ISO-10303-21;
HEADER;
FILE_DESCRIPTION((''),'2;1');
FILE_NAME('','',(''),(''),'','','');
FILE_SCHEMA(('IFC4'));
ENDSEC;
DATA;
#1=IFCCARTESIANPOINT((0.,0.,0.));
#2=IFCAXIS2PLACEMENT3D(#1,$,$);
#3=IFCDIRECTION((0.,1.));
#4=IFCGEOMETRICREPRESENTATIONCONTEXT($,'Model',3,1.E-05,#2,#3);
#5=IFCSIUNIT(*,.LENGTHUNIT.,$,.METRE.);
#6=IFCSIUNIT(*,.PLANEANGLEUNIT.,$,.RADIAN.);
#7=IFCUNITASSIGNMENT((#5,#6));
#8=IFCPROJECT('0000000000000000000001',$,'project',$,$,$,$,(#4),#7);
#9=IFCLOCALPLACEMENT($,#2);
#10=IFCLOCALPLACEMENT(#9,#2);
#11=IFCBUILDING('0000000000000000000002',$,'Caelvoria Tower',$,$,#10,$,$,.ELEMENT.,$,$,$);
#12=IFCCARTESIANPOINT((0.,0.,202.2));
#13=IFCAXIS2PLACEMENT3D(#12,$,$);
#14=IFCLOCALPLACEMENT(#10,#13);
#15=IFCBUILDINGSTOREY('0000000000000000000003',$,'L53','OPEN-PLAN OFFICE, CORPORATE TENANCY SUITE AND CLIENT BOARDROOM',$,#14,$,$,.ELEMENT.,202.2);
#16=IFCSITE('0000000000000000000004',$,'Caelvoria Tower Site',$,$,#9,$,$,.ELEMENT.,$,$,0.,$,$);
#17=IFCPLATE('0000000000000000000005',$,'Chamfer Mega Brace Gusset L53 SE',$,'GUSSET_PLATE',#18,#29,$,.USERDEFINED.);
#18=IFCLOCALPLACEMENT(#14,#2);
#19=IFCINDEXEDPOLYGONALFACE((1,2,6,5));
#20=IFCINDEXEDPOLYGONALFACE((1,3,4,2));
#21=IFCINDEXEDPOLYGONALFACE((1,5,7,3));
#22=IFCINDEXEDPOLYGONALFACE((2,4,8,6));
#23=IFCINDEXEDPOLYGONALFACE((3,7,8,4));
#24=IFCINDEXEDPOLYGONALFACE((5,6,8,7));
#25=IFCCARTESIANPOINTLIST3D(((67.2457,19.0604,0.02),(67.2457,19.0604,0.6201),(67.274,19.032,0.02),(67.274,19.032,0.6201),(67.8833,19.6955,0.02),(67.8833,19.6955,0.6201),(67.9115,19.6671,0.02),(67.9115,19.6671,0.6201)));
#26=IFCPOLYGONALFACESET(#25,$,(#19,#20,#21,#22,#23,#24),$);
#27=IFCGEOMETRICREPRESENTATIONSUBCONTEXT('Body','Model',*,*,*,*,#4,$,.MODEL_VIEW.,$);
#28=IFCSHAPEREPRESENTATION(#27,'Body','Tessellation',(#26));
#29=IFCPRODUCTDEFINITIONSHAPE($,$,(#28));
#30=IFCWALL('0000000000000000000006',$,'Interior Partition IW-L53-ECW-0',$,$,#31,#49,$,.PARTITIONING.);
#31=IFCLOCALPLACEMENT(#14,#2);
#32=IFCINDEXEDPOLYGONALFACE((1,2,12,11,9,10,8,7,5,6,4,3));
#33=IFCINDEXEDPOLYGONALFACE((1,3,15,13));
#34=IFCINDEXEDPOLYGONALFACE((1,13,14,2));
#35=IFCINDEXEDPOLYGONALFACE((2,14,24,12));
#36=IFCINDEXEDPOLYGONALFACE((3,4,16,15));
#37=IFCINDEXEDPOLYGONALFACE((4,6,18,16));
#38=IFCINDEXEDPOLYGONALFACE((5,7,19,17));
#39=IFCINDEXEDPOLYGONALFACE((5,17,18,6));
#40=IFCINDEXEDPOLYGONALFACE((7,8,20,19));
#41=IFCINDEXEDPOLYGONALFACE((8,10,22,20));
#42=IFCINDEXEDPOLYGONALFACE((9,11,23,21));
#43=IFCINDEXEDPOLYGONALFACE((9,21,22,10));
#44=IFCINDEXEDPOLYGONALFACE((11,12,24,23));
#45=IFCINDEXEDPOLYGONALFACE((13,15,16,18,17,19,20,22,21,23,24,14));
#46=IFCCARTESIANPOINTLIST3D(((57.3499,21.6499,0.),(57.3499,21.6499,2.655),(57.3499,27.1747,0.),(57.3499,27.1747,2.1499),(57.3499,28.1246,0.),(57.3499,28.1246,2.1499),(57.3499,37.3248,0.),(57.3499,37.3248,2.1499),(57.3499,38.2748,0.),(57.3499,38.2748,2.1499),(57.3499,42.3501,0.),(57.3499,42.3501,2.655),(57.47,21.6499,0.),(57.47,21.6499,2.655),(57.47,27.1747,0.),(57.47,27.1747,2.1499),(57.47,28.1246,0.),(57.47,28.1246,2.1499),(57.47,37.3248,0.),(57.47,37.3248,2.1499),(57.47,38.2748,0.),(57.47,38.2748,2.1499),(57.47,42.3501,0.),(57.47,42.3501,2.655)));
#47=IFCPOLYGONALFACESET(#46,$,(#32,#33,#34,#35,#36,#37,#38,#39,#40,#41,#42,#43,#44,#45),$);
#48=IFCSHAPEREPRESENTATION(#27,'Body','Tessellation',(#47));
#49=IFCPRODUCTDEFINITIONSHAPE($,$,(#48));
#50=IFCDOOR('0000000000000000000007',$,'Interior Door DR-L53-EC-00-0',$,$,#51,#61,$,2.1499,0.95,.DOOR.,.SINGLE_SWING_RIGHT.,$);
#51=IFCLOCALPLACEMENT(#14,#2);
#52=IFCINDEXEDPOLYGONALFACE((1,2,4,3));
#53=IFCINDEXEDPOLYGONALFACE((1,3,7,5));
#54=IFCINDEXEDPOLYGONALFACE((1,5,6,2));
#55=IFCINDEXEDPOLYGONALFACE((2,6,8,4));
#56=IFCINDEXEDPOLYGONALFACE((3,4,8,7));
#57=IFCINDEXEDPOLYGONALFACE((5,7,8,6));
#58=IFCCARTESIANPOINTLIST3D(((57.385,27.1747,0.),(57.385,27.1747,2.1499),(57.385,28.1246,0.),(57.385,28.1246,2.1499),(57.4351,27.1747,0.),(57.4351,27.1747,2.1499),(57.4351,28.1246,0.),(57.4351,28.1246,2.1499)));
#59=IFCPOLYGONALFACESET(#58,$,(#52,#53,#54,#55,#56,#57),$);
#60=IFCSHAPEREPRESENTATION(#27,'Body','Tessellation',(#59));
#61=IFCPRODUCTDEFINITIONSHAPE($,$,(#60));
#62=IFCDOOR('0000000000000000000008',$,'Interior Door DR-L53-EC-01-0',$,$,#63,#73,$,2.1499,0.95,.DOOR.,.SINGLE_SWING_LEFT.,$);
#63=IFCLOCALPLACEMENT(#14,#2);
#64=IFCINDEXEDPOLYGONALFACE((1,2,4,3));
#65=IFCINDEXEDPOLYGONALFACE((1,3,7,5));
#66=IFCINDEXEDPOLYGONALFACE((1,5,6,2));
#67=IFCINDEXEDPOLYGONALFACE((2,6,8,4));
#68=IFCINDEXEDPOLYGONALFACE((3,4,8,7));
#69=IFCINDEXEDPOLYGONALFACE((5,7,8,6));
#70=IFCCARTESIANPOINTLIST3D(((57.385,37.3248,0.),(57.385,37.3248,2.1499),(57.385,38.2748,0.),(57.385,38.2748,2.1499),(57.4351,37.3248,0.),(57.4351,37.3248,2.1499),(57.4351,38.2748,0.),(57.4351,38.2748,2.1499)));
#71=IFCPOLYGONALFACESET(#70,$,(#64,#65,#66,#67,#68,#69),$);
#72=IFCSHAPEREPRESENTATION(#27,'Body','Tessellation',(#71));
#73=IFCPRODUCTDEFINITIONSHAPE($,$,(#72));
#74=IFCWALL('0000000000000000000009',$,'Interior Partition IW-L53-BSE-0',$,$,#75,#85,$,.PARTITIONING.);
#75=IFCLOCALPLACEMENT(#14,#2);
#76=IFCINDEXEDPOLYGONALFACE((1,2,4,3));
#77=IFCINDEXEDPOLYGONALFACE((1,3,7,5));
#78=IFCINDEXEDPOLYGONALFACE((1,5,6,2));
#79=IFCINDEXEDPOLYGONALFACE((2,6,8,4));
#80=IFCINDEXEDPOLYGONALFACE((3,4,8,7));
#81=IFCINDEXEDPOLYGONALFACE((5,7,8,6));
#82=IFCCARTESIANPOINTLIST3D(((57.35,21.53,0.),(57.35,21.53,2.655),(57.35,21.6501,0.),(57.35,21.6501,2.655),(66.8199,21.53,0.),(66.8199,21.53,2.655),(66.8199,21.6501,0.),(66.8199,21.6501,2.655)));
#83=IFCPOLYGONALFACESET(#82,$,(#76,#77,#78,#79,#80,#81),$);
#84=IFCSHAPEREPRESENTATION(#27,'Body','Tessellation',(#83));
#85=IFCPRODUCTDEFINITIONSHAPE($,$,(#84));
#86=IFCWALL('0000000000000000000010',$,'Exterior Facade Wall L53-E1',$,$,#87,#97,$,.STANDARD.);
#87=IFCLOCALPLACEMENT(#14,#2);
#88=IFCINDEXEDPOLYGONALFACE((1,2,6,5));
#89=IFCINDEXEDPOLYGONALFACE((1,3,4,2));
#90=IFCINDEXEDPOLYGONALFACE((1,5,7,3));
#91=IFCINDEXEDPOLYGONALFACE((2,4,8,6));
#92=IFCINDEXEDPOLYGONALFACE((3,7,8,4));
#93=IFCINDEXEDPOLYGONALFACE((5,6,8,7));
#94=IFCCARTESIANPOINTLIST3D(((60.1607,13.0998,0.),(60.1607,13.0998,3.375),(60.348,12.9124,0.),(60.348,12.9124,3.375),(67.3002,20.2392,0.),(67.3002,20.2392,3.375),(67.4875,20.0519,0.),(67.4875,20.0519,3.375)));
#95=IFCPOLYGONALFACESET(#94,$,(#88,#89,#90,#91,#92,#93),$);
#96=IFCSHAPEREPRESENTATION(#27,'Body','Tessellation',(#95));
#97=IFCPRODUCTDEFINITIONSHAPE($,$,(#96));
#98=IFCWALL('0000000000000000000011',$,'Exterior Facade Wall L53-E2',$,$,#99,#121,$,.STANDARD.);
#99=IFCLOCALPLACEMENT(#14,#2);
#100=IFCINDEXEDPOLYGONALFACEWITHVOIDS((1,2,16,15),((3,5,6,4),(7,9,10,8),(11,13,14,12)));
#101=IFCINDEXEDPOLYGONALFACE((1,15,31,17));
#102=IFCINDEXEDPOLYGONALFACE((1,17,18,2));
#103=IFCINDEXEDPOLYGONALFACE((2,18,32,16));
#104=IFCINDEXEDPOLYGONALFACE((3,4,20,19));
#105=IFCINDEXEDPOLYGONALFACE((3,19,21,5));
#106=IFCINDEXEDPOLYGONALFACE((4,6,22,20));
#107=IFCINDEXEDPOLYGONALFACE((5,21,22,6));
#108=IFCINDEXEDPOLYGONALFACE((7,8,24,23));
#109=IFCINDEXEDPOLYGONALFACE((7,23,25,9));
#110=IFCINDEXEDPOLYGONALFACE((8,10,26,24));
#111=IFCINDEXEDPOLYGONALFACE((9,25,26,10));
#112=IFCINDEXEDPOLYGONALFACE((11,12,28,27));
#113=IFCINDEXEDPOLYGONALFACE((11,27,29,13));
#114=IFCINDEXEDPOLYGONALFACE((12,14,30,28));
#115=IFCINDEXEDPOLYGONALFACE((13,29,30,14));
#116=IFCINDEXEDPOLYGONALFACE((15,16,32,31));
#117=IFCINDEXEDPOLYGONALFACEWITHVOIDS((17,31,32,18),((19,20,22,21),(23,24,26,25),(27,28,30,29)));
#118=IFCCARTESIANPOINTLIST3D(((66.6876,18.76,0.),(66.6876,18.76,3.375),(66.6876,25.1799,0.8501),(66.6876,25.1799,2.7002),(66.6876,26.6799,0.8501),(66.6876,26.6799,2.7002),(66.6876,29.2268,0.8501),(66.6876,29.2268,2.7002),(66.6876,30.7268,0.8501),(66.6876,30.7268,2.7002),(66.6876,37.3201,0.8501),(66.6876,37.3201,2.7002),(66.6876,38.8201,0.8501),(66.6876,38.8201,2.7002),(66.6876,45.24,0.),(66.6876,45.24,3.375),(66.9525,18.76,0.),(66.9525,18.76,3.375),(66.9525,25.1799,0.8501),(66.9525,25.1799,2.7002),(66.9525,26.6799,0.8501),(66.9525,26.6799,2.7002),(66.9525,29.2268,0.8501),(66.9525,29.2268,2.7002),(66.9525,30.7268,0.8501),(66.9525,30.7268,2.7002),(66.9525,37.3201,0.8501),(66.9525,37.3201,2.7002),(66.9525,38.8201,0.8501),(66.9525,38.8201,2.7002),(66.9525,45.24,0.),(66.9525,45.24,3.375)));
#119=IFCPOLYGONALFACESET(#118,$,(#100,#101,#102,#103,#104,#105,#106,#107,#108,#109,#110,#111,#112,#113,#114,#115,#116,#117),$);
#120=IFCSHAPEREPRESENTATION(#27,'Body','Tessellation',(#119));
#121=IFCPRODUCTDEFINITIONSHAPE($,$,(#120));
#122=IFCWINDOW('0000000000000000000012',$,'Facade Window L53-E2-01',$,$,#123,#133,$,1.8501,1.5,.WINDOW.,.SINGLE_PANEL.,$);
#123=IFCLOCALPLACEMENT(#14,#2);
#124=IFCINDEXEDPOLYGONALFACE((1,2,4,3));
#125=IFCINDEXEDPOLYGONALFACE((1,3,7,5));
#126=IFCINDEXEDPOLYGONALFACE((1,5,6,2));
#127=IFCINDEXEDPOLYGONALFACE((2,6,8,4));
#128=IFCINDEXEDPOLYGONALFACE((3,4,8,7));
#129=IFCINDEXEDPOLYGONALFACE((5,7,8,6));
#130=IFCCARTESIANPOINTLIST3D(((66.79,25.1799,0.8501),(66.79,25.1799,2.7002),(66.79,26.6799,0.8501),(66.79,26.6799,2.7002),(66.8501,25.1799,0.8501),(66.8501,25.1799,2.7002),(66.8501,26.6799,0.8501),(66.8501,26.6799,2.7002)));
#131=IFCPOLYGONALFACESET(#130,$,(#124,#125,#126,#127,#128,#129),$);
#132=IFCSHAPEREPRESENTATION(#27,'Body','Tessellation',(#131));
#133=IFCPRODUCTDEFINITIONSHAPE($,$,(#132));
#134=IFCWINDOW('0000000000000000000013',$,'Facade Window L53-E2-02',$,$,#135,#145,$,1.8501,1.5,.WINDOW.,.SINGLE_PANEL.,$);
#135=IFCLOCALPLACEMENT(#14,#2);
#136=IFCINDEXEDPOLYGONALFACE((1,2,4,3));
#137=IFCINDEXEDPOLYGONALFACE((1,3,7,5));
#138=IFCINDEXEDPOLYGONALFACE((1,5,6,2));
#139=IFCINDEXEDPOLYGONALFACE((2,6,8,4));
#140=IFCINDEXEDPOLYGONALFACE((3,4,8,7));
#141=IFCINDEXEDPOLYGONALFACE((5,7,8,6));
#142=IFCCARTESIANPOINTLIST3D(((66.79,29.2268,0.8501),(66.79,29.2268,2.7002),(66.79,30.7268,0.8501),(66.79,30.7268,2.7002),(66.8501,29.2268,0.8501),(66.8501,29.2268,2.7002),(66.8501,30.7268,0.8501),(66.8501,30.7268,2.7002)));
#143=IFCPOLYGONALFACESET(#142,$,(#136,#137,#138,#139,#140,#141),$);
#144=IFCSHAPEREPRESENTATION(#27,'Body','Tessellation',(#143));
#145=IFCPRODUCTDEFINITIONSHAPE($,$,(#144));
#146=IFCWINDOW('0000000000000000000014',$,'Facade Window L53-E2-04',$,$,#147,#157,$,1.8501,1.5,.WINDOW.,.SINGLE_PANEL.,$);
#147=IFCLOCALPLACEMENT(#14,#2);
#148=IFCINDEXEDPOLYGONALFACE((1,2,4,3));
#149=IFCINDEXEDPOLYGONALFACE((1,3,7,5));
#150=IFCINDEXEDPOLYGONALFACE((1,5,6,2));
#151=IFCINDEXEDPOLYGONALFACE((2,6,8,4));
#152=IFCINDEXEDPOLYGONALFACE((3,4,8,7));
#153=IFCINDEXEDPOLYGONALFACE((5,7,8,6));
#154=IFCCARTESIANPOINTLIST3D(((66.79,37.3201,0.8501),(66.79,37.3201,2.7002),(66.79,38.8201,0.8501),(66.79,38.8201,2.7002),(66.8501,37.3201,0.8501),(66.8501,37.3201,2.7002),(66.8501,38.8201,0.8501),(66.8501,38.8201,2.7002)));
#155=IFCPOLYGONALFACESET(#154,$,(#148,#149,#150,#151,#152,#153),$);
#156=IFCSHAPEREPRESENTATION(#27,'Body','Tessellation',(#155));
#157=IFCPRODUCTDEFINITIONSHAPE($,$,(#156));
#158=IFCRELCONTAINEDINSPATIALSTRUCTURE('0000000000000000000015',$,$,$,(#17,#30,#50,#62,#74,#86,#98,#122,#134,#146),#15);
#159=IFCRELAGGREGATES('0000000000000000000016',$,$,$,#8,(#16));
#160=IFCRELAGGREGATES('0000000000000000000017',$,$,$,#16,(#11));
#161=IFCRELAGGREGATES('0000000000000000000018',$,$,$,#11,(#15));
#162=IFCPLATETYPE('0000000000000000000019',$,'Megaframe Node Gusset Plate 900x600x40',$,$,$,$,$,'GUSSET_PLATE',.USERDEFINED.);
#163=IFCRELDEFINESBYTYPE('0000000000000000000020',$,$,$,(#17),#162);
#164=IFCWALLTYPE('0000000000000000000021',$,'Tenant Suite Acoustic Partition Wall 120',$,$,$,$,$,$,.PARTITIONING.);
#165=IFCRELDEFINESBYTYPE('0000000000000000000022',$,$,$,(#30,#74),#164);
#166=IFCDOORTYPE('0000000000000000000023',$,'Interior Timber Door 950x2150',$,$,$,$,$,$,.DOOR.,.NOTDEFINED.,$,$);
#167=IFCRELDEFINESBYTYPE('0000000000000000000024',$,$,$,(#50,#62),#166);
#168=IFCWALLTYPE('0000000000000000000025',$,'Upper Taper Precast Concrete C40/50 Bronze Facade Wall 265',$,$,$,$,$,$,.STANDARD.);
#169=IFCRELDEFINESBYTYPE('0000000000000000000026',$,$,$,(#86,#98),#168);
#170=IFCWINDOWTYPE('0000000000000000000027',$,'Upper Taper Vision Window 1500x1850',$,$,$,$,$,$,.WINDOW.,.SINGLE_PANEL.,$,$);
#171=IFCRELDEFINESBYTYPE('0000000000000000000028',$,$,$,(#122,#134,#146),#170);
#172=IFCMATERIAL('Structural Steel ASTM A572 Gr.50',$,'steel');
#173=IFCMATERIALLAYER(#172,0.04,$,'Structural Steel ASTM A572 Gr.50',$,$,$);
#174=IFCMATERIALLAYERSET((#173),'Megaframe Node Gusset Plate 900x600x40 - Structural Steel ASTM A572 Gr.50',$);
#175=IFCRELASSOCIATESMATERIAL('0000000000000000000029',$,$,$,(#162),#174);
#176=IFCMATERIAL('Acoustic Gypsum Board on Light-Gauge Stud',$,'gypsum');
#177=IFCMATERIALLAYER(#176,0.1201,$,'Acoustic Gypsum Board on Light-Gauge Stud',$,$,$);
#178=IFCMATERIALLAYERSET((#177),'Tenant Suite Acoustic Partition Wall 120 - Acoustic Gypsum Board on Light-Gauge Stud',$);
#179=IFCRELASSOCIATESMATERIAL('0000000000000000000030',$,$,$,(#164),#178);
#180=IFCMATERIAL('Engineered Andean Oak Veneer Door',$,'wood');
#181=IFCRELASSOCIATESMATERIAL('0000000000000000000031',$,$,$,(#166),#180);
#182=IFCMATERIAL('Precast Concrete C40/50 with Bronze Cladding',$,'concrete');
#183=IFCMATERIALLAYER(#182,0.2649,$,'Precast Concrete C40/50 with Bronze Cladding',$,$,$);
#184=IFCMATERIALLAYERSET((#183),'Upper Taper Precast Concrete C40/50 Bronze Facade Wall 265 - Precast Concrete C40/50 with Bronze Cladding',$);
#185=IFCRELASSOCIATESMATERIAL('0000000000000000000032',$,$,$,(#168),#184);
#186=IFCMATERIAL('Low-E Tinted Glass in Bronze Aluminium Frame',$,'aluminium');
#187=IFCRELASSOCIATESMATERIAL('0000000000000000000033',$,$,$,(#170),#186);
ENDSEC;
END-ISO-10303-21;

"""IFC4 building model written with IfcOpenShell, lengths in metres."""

from ifc_helpers import new_model, si_unit, direction, frame, frame_2d, origin, origin_2d, place, context, subcontext, project, spatial, rectangle, extrude, material, layer, layer_set, type_object, element, fill, save


model = new_model("IFC4")

# Units and contexts
model_context = context("Model", 3, precision=1e-05, world=origin(), true_north=direction((0.0, 1.0)))
body_context = subcontext(model_context, "Body", "Model", "MODEL_VIEW")
ifc_project = project(units=[si_unit("LENGTHUNIT", "METRE"), si_unit("PLANEANGLEUNIT", "RADIAN")], contexts=[model_context])

# Site, building, storey
site_placement = place(None, origin())
site = spatial("IfcSite", under=ifc_project, at=site_placement, Name="Caelvoria Tower Site", CompositionType="ELEMENT", RefElevation=0.0)
building_placement = place(site_placement, origin())
building = spatial("IfcBuilding", under=site, at=building_placement, Name="Caelvoria Tower", CompositionType="ELEMENT")
storey_placement = place(building_placement, frame((0.0, 0.0, 202.2)))
storey = spatial("IfcBuildingStorey", under=building, at=storey_placement, Name="L53", Description="OPEN-PLAN OFFICE, CORPORATE TENANCY SUITE AND CLIENT BOARDROOM", CompositionType="ELEMENT", Elevation=202.2)

# Shared definitions
ifc_material_1 = material(Name="Structural Steel ASTM A572 Gr.50", Category="steel")

# Plate
ifc_layer_1 = layer(ifc_material_1, 0.04, Name="Structural Steel ASTM A572 Gr.50")
ifc_layer_set_1 = layer_set([ifc_layer_1], Name="Megaframe Node Gusset Plate 900x600x40 - Structural Steel ASTM A572 Gr.50")
plate_type = type_object("IfcPlateType", Name="Megaframe Node Gusset Plate 900x600x40", ElementType="GUSSET_PLATE", PredefinedType="USERDEFINED", material=ifc_layer_set_1)
plate_placement = place(storey_placement, frame((67.5786, 19.3638, 0.02), z_axis=(0.0, 0.0, 1.0), x_axis=(-0.708453, -0.705758, 0.0)))
element("IfcPlate", 1, at=plate_placement, inside=storey, type_object=plate_type, Name="Chamfer Mega Brace Gusset L53 SE", ObjectType="GUSSET_PLATE", PredefinedType="USERDEFINED", context=body_context, shape_type="SweptSolid", body=[
    extrude(rectangle(XDim=0.8999, YDim=0.04, at=origin_2d()), origin(), (0.0, 0.0, 1.0), 0.6001),
])

# Wall, openings, doors
ifc_material_2 = material(Name="Acoustic Gypsum Board on Light-Gauge Stud", Category="gypsum")
ifc_layer_2 = layer(ifc_material_2, 0.1201, Name="Acoustic Gypsum Board on Light-Gauge Stud")
ifc_layer_set_2 = layer_set([ifc_layer_2], Name="Tenant Suite Acoustic Partition Wall 120 - Acoustic Gypsum Board on Light-Gauge Stud")
wall_type_1 = type_object("IfcWallType", Name="Tenant Suite Acoustic Partition Wall 120", PredefinedType="PARTITIONING", material=ifc_layer_set_2)
wall_1_placement = place(storey_placement, frame((57.4099, 21.6499, 0.0), z_axis=(0.0, 0.0, 1.0), x_axis=(0.0, 1.0, 0.0)))
wall_1 = element("IfcWall", 2, at=wall_1_placement, inside=storey, type_object=wall_type_1, Name="Interior Partition IW-L53-ECW-0", PredefinedType="PARTITIONING", context=body_context, shape_type="SweptSolid", body=[
    extrude(rectangle(XDim=20.7002, YDim=0.1201, at=frame_2d((10.3501, 0.0))), origin(), (0.0, 0.0, 1.0), 2.655),
])
opening_1_placement = place(wall_1_placement, frame((5.5247, 0.0, 0.0)))
opening_1 = element("IfcOpeningElement", 3, at=opening_1_placement, cuts=wall_1, PredefinedType="OPENING", context=body_context, shape_type="SweptSolid", body=[
    extrude(rectangle(XDim=0.95, YDim=2.1499, at=frame_2d((0.4751, 1.075))), frame((0.0, 0.0701, 0.0), z_axis=(0.0, -1.0, 0.0), x_axis=(1.0, 0.0, 0.0)), (0.0, 0.0, 1.0), 0.1401),
])
opening_2_placement = place(wall_1_placement, frame((15.6748, 0.0, 0.0)))
opening_2 = element("IfcOpeningElement", 4, at=opening_2_placement, cuts=wall_1, PredefinedType="OPENING", context=body_context, shape_type="SweptSolid", body=[
    extrude(rectangle(XDim=0.95, YDim=2.1499, at=frame_2d((0.4751, 1.075))), frame((0.0, 0.0701, 0.0), z_axis=(0.0, -1.0, 0.0), x_axis=(1.0, 0.0, 0.0)), (0.0, 0.0, 1.0), 0.1401),
])
ifc_material_3 = material(Name="Engineered Andean Oak Veneer Door", Category="wood")
door_type = type_object("IfcDoorType", Name="Interior Timber Door 950x2150", OperationType="NOTDEFINED", PredefinedType="DOOR", material=ifc_material_3)
door_1_placement = place(opening_1_placement, origin())
door_1 = element("IfcDoor", 5, at=door_1_placement, inside=storey, type_object=door_type, Name="Interior Door DR-L53-EC-00-0", OperationType="SINGLE_SWING_RIGHT", OverallHeight=2.1499, OverallWidth=0.95, PredefinedType="DOOR", context=body_context, shape_type="SweptSolid", body=[
    extrude(rectangle(XDim=0.95, YDim=2.1499, at=frame_2d((0.4751, 1.075))), frame((0.0, 0.0249, 0.0), z_axis=(0.0, -1.0, 0.0), x_axis=(1.0, 0.0, 0.0)), (0.0, 0.0, 1.0), 0.05),
])
fill(opening_1, door_1)
door_2_placement = place(opening_2_placement, origin())
door_2 = element("IfcDoor", 6, at=door_2_placement, inside=storey, type_object=door_type, Name="Interior Door DR-L53-EC-01-0", OperationType="SINGLE_SWING_LEFT", OverallHeight=2.1499, OverallWidth=0.95, PredefinedType="DOOR", context=body_context, shape_type="SweptSolid", body=[
    extrude(rectangle(XDim=0.95, YDim=2.1499, at=frame_2d((0.4751, 1.075))), frame((0.0, 0.0249, 0.0), z_axis=(0.0, -1.0, 0.0), x_axis=(1.0, 0.0, 0.0)), (0.0, 0.0, 1.0), 0.05),
])
fill(opening_2, door_2)

# Walls
wall_2_placement = place(storey_placement, frame((57.3501, 21.5901, 0.0), z_axis=(0.0, 0.0, 1.0), x_axis=(1.0, 0.0, 0.0)))
element("IfcWall", 7, at=wall_2_placement, inside=storey, type_object=wall_type_1, Name="Interior Partition IW-L53-BSE-0", PredefinedType="PARTITIONING", context=body_context, shape_type="SweptSolid", body=[
    extrude(rectangle(XDim=9.47, YDim=0.1201, at=frame_2d((4.7349, 0.0))), origin(), (0.0, 0.0, 1.0), 2.655),
])
ifc_material_4 = material(Name="Precast Concrete C40/50 with Bronze Cladding", Category="concrete")
ifc_layer_3 = layer(ifc_material_4, 0.2649, Name="Precast Concrete C40/50 with Bronze Cladding")
ifc_layer_set_3 = layer_set([ifc_layer_3], Name="Upper Taper Precast Concrete C40/50 Bronze Facade Wall 265 - Precast Concrete C40/50 with Bronze Cladding")
wall_type_2 = type_object("IfcWallType", Name="Upper Taper Precast Concrete C40/50 Bronze Facade Wall 265", PredefinedType="STANDARD", material=ifc_layer_set_3)
wall_3_placement = place(storey_placement, frame((60.2544, 13.0061, 0.0), z_axis=(0.0, 0.0, 1.0), x_axis=(0.707107, 0.707107, 0.0)))
element("IfcWall", 8, at=wall_3_placement, inside=storey, type_object=wall_type_2, Name="Exterior Facade Wall L53-E1", PredefinedType="STANDARD", context=body_context, shape_type="SweptSolid", body=[
    extrude(rectangle(XDim=10.0967, YDim=0.2649, at=frame_2d((5.0483, 0.0))), origin(), (0.0, 0.0, 1.0), 3.375),
])

# Wall, openings, windows
wall_4_placement = place(storey_placement, frame((66.8201, 18.76, 0.0), z_axis=(0.0, 0.0, 1.0), x_axis=(0.0, 1.0, 0.0)))
wall_4 = element("IfcWall", 9, at=wall_4_placement, inside=storey, type_object=wall_type_2, Name="Exterior Facade Wall L53-E2", PredefinedType="STANDARD", context=body_context, shape_type="SweptSolid", body=[
    extrude(rectangle(XDim=26.48, YDim=0.2649, at=frame_2d((13.24, 0.0))), origin(), (0.0, 0.0, 1.0), 3.375),
])
opening_3_placement = place(wall_4_placement, frame((6.4199, 0.0, 0.8501)))
opening_3 = element("IfcOpeningElement", 10, at=opening_3_placement, cuts=wall_4, PredefinedType="OPENING", context=body_context, shape_type="SweptSolid", body=[
    extrude(rectangle(XDim=1.5, YDim=1.8501, at=frame_2d((0.75, 0.925))), frame((0.0, 0.1423, 0.0), z_axis=(0.0, -1.0, 0.0), x_axis=(1.0, 0.0, 0.0)), (0.0, 0.0, 1.0), 0.2849),
])
opening_4_placement = place(wall_4_placement, frame((10.4668, 0.0, 0.8501)))
opening_4 = element("IfcOpeningElement", 11, at=opening_4_placement, cuts=wall_4, PredefinedType="OPENING", context=body_context, shape_type="SweptSolid", body=[
    extrude(rectangle(XDim=1.5, YDim=1.8501, at=frame_2d((0.75, 0.925))), frame((0.0, 0.1423, 0.0), z_axis=(0.0, -1.0, 0.0), x_axis=(1.0, 0.0, 0.0)), (0.0, 0.0, 1.0), 0.2849),
])
opening_5_placement = place(wall_4_placement, frame((18.5601, 0.0, 0.8501)))
opening_5 = element("IfcOpeningElement", 12, at=opening_5_placement, cuts=wall_4, PredefinedType="OPENING", context=body_context, shape_type="SweptSolid", body=[
    extrude(rectangle(XDim=1.5, YDim=1.8501, at=frame_2d((0.75, 0.925))), frame((0.0, 0.1423, 0.0), z_axis=(0.0, -1.0, 0.0), x_axis=(1.0, 0.0, 0.0)), (0.0, 0.0, 1.0), 0.2849),
])
ifc_material_5 = material(Name="Low-E Tinted Glass in Bronze Aluminium Frame", Category="aluminium")
window_type = type_object("IfcWindowType", Name="Upper Taper Vision Window 1500x1850", PartitioningType="SINGLE_PANEL", PredefinedType="WINDOW", material=ifc_material_5)
window_1_placement = place(opening_3_placement, origin())
window_1 = element("IfcWindow", 13, at=window_1_placement, inside=storey, type_object=window_type, Name="Facade Window L53-E2-01", OverallHeight=1.8501, OverallWidth=1.5, PartitioningType="SINGLE_PANEL", PredefinedType="WINDOW", context=body_context, shape_type="SweptSolid", body=[
    extrude(rectangle(XDim=1.5, YDim=1.8501, at=frame_2d((0.75, 0.925))), frame((0.0, 0.03, 0.0), z_axis=(0.0, -1.0, 0.0), x_axis=(1.0, 0.0, 0.0)), (0.0, 0.0, 1.0), 0.0601),
])
fill(opening_3, window_1)
window_2_placement = place(opening_4_placement, origin())
window_2 = element("IfcWindow", 14, at=window_2_placement, inside=storey, type_object=window_type, Name="Facade Window L53-E2-02", OverallHeight=1.8501, OverallWidth=1.5, PartitioningType="SINGLE_PANEL", PredefinedType="WINDOW", context=body_context, shape_type="SweptSolid", body=[
    extrude(rectangle(XDim=1.5, YDim=1.8501, at=frame_2d((0.75, 0.925))), frame((0.0, 0.03, 0.0), z_axis=(0.0, -1.0, 0.0), x_axis=(1.0, 0.0, 0.0)), (0.0, 0.0, 1.0), 0.0601),
])
fill(opening_4, window_2)
window_3_placement = place(opening_5_placement, origin())
window_3 = element("IfcWindow", 15, at=window_3_placement, inside=storey, type_object=window_type, Name="Facade Window L53-E2-04", OverallHeight=1.8501, OverallWidth=1.5, PartitioningType="SINGLE_PANEL", PredefinedType="WINDOW", context=body_context, shape_type="SweptSolid", body=[
    extrude(rectangle(XDim=1.5, YDim=1.8501, at=frame_2d((0.75, 0.925))), frame((0.0, 0.03, 0.0), z_axis=(0.0, -1.0, 0.0), x_axis=(1.0, 0.0, 0.0)), (0.0, 0.0, 1.0), 0.0601),
])
fill(opening_5, window_3)

save(model, "model.ifc")
